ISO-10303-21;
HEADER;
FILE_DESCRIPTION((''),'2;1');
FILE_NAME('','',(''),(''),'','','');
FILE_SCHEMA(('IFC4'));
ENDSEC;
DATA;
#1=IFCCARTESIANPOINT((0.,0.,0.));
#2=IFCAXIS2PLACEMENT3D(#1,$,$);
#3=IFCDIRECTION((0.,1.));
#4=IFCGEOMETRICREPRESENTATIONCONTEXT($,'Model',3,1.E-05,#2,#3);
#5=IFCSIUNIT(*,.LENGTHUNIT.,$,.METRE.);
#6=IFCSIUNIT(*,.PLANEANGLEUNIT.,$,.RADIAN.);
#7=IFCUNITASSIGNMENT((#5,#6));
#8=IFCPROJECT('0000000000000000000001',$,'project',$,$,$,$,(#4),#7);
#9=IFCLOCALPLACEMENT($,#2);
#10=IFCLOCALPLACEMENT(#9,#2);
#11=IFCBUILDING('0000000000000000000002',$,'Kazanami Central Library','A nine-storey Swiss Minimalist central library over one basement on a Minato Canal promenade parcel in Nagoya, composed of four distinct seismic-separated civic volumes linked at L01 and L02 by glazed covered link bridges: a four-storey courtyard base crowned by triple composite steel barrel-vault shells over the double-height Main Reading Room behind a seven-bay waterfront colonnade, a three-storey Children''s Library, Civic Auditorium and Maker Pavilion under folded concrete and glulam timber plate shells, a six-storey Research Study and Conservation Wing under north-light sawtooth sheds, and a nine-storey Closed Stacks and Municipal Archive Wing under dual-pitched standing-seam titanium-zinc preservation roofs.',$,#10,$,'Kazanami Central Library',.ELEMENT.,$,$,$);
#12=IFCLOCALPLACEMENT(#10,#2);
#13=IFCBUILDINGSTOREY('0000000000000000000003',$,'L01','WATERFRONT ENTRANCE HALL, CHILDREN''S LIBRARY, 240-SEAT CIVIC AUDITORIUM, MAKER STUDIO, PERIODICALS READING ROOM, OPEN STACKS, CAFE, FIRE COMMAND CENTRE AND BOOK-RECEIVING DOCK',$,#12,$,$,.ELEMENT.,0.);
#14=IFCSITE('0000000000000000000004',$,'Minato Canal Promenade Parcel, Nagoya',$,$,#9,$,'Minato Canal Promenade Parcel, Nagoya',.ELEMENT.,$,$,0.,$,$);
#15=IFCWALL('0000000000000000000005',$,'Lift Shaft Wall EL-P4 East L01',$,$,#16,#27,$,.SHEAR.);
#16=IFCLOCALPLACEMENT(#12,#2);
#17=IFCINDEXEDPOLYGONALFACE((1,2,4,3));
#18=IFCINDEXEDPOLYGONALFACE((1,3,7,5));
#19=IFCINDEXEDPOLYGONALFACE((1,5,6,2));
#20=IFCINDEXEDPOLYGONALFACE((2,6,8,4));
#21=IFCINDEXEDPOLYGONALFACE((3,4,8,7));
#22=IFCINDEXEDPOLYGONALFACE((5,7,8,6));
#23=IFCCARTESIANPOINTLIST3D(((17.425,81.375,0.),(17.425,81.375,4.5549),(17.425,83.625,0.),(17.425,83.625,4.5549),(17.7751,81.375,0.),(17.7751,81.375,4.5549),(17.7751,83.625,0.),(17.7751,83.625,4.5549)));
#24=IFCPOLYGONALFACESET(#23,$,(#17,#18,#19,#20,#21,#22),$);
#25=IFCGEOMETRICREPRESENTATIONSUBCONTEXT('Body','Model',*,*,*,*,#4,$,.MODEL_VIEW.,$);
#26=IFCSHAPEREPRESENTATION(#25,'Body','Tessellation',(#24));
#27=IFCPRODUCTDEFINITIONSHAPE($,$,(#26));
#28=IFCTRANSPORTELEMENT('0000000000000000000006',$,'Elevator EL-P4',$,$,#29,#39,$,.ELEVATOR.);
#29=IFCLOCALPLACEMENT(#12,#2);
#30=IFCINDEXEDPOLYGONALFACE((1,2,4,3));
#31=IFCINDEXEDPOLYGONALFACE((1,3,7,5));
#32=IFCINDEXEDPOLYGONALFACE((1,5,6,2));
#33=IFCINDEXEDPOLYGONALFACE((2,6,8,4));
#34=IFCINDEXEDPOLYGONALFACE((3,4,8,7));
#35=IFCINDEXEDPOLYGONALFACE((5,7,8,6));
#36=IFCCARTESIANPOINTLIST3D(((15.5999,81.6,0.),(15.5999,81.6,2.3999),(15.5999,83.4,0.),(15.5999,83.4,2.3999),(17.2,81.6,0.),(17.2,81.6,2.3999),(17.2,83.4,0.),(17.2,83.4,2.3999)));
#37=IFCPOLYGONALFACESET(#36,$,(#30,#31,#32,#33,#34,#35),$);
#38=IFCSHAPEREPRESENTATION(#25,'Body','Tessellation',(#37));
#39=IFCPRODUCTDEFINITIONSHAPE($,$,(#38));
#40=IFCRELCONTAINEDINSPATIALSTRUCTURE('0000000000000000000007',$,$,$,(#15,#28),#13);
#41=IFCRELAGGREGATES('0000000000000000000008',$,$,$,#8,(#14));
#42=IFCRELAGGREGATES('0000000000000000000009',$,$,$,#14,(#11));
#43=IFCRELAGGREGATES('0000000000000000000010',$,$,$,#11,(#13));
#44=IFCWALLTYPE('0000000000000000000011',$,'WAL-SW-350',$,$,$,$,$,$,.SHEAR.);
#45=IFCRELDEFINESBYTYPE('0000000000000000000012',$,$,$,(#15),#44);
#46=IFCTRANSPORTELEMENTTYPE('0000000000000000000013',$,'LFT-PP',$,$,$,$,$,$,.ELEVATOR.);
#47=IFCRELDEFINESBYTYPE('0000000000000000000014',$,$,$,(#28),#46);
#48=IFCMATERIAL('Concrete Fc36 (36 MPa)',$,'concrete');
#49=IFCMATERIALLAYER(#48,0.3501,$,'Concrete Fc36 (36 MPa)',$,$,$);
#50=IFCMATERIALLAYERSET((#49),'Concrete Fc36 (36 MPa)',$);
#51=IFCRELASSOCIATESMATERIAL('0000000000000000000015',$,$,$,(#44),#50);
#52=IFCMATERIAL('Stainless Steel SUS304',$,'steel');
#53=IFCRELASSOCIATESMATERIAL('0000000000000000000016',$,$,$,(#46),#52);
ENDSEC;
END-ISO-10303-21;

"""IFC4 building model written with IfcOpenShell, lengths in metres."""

from ifc_helpers import new_model, si_unit, direction, frame, frame_2d, origin, origin_2d, place, context, subcontext, project, spatial, rectangle, extrude, material, layer, layer_set, type_object, element, save


model = new_model("IFC4")

# Units and contexts
model_context = context("Model", 3, precision=1e-05, world=origin(), true_north=direction((0.0, 1.0)))
body_context = subcontext(model_context, "Body", "Model", "MODEL_VIEW")
ifc_project = project(units=[si_unit("LENGTHUNIT", "METRE"), si_unit("PLANEANGLEUNIT", "RADIAN")], contexts=[model_context])

# Site, building, storey
site_placement = place(None, origin())
site = spatial("IfcSite", under=ifc_project, at=site_placement, Name="Minato Canal Promenade Parcel, Nagoya", LongName="Minato Canal Promenade Parcel, Nagoya", CompositionType="ELEMENT", RefElevation=0.0)
building_placement = place(site_placement, origin())
building = spatial("IfcBuilding", under=site, at=building_placement, Name="Kazanami Central Library", Description="A nine-storey Swiss Minimalist central library over one basement on a Minato Canal promenade parcel in Nagoya, composed of four distinct seismic-separated civic volumes linked at L01 and L02 by glazed covered link bridges: a four-storey courtyard base crowned by triple composite steel barrel-vault shells over the double-height Main Reading Room behind a seven-bay waterfront colonnade, a three-storey Children's Library, Civic Auditorium and Maker Pavilion under folded concrete and glulam timber plate shells, a six-storey Research Study and Conservation Wing under north-light sawtooth sheds, and a nine-storey Closed Stacks and Municipal Archive Wing under dual-pitched standing-seam titanium-zinc preservation roofs.", LongName="Kazanami Central Library", CompositionType="ELEMENT")
storey_placement = place(building_placement, origin())
storey = spatial("IfcBuildingStorey", under=building, at=storey_placement, Name="L01", Description="WATERFRONT ENTRANCE HALL, CHILDREN'S LIBRARY, 240-SEAT CIVIC AUDITORIUM, MAKER STUDIO, PERIODICALS READING ROOM, OPEN STACKS, CAFE, FIRE COMMAND CENTRE AND BOOK-RECEIVING DOCK", CompositionType="ELEMENT", Elevation=0.0)

# Shared definitions
ifc_material_1 = material(Name="Concrete Fc36 (36 MPa)", Category="concrete")

# Wall
ifc_layer_1 = layer(ifc_material_1, 0.3501, Name="Concrete Fc36 (36 MPa)")
ifc_layer_set_1 = layer_set([ifc_layer_1], Name="Concrete Fc36 (36 MPa)")
wall_type_1 = type_object("IfcWallType", Name="WAL-SW-350", PredefinedType="SHEAR", material=ifc_layer_set_1)
wall_1_placement = place(storey_placement, frame((17.6001, 81.375, 0.0), z_axis=(0.0, 0.0, 1.0), x_axis=(0.0, 1.0, 0.0)))
element("IfcWall", 1, at=wall_1_placement, inside=storey, type_object=wall_type_1, Name="Lift Shaft Wall EL-P4 East L01", PredefinedType="SHEAR", context=body_context, shape_type="SweptSolid", body=[
    extrude(rectangle(XDim=2.25, YDim=0.3501, at=frame_2d((1.125, 0.0))), origin(), (0.0, 0.0, 1.0), 4.5549),
])

# Transport element
ifc_material_2 = material(Name="Stainless Steel SUS304", Category="steel")
transport_element_type = type_object("IfcTransportElementType", Name="LFT-PP", PredefinedType="ELEVATOR", material=ifc_material_2)
transport_element_placement = place(storey_placement, frame((16.3999, 82.5, 0.0), z_axis=(0.0, 0.0, 1.0), x_axis=(1.0, 0.0, 0.0)))
element("IfcTransportElement", 2, at=transport_element_placement, inside=storey, type_object=transport_element_type, Name="Elevator EL-P4", PredefinedType="ELEVATOR", context=body_context, shape_type="SweptSolid", body=[
    extrude(rectangle(XDim=1.6001, YDim=1.8, at=origin_2d()), origin(), (0.0, 0.0, 1.0), 2.3999),
])

save(model, "model.ifc")
